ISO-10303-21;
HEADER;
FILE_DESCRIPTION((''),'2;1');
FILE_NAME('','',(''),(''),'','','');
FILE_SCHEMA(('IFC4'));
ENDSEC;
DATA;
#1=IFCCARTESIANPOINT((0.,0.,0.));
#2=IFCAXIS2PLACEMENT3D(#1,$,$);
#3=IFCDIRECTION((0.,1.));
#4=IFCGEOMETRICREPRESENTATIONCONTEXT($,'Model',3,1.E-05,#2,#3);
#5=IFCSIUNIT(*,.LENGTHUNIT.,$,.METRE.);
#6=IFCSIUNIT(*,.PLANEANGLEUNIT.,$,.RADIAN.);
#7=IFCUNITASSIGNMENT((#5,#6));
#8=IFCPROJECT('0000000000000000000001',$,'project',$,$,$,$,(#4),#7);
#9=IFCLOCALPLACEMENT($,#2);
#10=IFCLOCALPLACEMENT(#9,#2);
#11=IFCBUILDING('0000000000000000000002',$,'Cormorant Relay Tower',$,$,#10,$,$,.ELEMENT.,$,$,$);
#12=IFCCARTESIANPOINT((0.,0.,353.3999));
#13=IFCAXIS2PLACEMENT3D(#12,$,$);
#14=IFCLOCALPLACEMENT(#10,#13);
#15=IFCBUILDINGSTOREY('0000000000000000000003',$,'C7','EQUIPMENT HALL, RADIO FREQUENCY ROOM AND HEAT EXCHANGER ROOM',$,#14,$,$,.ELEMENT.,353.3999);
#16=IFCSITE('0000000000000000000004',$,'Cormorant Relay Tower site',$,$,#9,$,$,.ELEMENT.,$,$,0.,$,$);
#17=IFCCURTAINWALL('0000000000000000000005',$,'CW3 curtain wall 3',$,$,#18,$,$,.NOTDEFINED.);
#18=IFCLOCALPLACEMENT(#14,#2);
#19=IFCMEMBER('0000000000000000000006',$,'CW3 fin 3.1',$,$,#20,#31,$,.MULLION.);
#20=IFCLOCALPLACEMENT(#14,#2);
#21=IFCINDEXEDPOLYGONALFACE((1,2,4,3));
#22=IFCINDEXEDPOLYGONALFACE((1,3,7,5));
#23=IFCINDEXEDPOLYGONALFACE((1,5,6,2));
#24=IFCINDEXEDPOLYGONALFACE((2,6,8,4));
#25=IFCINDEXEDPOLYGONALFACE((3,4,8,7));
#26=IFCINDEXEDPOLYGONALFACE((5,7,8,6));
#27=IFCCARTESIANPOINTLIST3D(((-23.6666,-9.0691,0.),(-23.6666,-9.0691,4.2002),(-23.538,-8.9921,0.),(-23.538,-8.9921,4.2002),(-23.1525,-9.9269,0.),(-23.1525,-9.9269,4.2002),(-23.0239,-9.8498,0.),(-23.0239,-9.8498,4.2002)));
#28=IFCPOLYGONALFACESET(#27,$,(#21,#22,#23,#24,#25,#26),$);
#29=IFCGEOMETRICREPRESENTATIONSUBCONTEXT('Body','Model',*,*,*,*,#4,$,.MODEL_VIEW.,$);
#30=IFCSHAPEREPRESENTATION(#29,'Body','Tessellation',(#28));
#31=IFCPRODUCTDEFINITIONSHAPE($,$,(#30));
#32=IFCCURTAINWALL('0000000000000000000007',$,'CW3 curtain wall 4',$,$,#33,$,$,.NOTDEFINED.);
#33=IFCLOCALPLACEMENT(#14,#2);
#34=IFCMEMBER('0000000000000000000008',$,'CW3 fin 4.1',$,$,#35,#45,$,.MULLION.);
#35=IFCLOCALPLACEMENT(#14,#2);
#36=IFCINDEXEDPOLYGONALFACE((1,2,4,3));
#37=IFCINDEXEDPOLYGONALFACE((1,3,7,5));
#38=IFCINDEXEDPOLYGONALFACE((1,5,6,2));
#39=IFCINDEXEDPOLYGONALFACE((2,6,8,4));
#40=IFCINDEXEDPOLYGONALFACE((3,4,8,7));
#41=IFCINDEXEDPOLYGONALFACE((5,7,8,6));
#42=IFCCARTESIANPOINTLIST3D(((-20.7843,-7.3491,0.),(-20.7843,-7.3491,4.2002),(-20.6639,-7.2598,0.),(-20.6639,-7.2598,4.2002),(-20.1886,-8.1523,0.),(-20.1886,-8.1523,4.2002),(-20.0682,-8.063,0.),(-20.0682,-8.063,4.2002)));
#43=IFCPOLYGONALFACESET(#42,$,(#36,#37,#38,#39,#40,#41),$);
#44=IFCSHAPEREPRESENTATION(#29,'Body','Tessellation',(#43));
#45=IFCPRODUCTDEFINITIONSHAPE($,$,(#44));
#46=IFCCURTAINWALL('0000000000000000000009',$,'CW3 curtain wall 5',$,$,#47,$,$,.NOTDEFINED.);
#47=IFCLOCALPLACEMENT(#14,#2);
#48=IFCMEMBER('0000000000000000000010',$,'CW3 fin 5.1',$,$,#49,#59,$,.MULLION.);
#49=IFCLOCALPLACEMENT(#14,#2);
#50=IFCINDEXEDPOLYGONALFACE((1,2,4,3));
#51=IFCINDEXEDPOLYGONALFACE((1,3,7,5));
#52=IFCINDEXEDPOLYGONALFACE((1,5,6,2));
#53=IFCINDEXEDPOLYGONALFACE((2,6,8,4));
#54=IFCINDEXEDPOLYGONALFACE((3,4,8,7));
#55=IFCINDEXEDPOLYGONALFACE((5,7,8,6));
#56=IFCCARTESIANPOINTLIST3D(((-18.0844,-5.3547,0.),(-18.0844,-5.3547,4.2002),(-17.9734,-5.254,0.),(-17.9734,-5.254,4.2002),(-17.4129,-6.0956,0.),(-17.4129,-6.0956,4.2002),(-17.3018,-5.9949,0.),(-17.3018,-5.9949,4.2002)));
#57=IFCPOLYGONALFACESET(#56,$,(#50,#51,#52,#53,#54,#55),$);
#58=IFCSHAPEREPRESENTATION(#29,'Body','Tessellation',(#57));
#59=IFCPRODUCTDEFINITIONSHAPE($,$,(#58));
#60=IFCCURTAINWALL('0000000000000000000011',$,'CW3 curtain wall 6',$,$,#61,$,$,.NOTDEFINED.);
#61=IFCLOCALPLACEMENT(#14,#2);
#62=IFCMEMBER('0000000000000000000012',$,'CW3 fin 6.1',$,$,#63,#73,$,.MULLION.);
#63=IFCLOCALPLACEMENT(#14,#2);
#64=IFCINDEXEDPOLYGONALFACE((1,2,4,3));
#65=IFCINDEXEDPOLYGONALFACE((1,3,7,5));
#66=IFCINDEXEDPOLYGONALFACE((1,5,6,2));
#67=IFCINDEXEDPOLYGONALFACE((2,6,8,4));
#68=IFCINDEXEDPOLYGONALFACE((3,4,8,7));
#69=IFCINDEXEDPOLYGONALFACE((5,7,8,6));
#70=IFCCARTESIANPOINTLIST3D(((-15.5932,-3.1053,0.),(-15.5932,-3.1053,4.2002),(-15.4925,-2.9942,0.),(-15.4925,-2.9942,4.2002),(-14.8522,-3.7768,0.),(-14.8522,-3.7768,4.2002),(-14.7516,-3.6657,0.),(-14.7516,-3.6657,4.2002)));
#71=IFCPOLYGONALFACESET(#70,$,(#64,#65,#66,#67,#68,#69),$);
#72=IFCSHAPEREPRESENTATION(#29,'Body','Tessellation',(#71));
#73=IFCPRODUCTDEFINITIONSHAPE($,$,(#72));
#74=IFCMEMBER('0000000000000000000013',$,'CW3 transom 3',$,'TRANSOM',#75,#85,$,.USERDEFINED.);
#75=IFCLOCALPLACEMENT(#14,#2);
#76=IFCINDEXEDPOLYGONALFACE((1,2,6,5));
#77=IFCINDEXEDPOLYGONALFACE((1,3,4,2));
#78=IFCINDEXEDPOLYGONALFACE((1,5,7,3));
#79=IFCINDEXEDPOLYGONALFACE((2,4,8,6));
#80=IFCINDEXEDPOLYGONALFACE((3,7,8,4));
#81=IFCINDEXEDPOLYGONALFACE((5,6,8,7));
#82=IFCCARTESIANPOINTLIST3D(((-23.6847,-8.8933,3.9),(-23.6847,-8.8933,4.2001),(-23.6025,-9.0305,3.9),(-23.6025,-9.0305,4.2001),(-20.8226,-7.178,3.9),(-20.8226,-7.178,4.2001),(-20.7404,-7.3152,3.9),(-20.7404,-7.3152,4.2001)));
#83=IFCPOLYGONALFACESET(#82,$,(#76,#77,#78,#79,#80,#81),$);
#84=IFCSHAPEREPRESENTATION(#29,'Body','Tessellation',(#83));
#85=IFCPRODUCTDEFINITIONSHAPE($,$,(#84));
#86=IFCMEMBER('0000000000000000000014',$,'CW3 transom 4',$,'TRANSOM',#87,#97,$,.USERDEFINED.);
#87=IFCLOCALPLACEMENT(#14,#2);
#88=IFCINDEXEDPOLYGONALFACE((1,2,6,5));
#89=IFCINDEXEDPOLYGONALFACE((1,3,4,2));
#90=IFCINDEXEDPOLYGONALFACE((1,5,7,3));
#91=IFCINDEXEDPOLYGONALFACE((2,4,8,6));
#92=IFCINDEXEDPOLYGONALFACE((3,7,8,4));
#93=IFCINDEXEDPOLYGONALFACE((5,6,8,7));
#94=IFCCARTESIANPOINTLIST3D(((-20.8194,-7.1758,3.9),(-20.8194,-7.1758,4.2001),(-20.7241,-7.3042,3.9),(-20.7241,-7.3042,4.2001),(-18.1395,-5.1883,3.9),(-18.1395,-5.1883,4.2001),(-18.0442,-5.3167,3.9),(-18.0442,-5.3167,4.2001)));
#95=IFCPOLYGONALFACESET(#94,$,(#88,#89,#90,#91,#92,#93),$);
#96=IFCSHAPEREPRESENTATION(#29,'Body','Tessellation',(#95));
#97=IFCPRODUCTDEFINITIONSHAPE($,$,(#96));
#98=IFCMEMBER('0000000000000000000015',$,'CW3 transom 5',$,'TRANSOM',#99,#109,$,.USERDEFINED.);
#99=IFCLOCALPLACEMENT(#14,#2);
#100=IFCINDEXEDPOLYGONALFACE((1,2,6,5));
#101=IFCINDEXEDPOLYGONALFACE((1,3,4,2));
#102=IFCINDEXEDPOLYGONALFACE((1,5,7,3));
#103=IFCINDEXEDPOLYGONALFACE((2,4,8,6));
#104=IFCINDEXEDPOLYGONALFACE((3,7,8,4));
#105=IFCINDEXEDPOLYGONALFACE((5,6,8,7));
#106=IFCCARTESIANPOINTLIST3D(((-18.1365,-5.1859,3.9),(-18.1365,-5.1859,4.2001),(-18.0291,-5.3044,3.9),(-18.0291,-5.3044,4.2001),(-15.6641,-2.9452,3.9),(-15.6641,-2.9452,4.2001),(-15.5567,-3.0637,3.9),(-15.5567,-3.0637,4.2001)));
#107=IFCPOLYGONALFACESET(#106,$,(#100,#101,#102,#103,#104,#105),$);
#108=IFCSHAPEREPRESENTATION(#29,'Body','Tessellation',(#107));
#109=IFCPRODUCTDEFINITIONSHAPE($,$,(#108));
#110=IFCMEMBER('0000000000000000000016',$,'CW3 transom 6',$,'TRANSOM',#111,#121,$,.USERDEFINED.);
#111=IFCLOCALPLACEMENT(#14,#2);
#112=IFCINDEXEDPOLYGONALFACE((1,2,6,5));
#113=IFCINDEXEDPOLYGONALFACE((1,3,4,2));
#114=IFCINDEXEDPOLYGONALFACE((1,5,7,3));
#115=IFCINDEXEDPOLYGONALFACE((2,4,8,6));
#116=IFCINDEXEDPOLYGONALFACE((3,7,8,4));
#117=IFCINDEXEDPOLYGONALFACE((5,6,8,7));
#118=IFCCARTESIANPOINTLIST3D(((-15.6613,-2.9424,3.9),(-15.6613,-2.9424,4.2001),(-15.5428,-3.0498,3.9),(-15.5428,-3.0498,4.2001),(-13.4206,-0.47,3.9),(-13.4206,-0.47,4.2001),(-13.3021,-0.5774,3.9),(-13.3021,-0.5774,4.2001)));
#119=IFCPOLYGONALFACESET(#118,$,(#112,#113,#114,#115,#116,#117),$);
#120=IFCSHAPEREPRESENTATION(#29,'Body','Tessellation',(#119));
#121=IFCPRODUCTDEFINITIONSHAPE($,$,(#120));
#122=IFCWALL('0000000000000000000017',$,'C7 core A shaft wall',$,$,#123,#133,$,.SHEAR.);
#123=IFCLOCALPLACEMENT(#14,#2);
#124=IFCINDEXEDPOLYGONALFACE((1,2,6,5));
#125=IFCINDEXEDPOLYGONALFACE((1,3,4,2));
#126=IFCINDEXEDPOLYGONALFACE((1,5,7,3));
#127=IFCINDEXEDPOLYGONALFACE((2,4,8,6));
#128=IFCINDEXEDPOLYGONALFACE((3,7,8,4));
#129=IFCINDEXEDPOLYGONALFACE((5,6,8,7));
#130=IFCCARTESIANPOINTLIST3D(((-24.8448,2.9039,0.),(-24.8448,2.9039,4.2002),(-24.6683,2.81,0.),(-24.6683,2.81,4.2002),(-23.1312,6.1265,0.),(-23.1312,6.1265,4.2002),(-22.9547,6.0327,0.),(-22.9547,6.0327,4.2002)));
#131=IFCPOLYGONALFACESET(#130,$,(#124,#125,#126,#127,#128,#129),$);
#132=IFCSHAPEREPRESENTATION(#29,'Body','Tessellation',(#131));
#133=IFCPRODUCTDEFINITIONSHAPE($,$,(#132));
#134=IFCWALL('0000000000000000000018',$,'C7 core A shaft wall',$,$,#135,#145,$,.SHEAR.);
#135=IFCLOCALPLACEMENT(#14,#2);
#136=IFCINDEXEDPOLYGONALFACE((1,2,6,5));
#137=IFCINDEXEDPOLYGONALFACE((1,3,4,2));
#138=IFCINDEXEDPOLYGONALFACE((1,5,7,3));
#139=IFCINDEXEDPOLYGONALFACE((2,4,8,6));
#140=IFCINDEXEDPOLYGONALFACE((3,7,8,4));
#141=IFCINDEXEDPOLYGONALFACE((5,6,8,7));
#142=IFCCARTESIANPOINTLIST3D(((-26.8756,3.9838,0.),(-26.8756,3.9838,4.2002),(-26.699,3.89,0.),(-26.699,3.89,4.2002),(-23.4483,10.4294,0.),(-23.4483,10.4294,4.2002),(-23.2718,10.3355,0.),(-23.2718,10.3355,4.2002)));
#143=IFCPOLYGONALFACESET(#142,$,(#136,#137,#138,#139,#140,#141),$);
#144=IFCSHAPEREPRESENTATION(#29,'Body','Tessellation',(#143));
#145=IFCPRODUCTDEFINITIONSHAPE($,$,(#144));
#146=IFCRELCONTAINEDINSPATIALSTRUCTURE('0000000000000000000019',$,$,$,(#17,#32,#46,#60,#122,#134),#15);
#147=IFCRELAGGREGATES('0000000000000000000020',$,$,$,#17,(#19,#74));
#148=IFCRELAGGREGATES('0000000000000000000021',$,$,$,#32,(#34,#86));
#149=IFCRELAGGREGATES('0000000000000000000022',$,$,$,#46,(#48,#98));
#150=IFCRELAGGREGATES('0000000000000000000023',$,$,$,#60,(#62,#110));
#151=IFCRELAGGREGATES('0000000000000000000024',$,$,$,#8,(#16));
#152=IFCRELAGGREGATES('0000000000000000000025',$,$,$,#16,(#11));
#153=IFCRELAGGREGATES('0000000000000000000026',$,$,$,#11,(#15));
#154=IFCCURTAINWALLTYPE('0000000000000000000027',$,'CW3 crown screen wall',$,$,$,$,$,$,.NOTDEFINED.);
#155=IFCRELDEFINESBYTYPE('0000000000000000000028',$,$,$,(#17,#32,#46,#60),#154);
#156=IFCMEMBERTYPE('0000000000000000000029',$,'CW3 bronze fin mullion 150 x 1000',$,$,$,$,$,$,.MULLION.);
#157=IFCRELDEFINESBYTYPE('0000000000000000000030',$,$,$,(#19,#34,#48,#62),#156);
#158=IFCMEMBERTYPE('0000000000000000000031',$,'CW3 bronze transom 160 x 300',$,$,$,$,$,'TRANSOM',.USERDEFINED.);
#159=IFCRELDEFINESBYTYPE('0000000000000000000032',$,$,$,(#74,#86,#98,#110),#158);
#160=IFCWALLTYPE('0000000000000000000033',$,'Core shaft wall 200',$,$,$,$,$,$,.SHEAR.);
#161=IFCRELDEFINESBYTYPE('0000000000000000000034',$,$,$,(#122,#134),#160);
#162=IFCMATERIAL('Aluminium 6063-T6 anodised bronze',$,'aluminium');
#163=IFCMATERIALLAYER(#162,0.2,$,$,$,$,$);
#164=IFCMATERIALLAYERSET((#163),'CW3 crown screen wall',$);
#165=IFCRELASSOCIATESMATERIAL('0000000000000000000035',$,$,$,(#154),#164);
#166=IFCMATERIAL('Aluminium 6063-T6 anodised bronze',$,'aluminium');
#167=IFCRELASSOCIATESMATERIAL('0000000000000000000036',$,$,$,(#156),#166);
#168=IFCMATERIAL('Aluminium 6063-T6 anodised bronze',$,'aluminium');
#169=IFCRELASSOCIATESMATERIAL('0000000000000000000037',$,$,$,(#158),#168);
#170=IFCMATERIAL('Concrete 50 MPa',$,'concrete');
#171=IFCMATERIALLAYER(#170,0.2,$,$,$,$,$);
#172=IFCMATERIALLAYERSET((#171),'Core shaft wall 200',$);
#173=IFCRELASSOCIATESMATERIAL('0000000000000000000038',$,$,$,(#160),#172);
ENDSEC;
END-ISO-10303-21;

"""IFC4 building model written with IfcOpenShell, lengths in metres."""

from ifc_helpers import new_model, si_unit, direction, frame, frame_2d, origin, origin_2d, place, context, subcontext, project, spatial, rectangle, extrude, material, layer, layer_set, material_profile, profile_set, type_object, element, aggregate, save


model = new_model("IFC4")

# Units and contexts
model_context = context("Model", 3, precision=1e-05, world=origin(), true_north=direction((0.0, 1.0)))
body_context = subcontext(model_context, "Body", "Model", "MODEL_VIEW")
ifc_project = project(units=[si_unit("LENGTHUNIT", "METRE"), si_unit("PLANEANGLEUNIT", "RADIAN")], contexts=[model_context])

# Site, building, storey
site_placement = place(None, origin())
site = spatial("IfcSite", under=ifc_project, at=site_placement, Name="Cormorant Relay Tower site", CompositionType="ELEMENT", RefElevation=0.0)
building_placement = place(site_placement, origin())
building = spatial("IfcBuilding", under=site, at=building_placement, Name="Cormorant Relay Tower", CompositionType="ELEMENT")
storey_placement = place(building_placement, frame((0.0, 0.0, 353.3999)))
storey = spatial("IfcBuildingStorey", under=building, at=storey_placement, Name="C7", Description="EQUIPMENT HALL, RADIO FREQUENCY ROOM AND HEAT EXCHANGER ROOM", CompositionType="ELEMENT", Elevation=353.3999)

# Curtain walls, members
ifc_material_1 = material(Name="Aluminium 6063-T6 anodised bronze", Category="aluminium")
ifc_layer_1 = layer(ifc_material_1, 0.2)
ifc_layer_set_1 = layer_set([ifc_layer_1], Name="CW3 crown screen wall")
curtain_wall_type = type_object("IfcCurtainWallType", Name="CW3 crown screen wall", PredefinedType="NOTDEFINED", material=ifc_layer_set_1)
curtain_wall_1_placement = place(storey_placement, origin())
curtain_wall_1 = element("IfcCurtainWall", 1, at=curtain_wall_1_placement, inside=storey, type_object=curtain_wall_type, Name="CW3 curtain wall 3", PredefinedType="NOTDEFINED")
ifc_material_2 = material(Name="Aluminium 6063-T6 anodised bronze", Category="aluminium")
ifc_material_profile_1 = material_profile(ifc_material_2, rectangle(XDim=0.1499, YDim=1.0, at=origin_2d()), Name="AL 150x1000")
ifc_profile_set_1 = profile_set([ifc_material_profile_1], Name="Aluminium 6063-T6 anodised bronze")
member_type_1 = type_object("IfcMemberType", Name="CW3 bronze fin mullion 150 x 1000", PredefinedType="MULLION", material=ifc_profile_set_1)
member_1_placement = place(storey_placement, frame((-23.3452, -9.4595, 0.0), z_axis=(0.0, 0.0, 1.0), x_axis=(0.857729, 0.514103, 0.0)))
member_1 = element("IfcMember", 2, at=member_1_placement, type_object=member_type_1, Name="CW3 fin 3.1", PredefinedType="MULLION", context=body_context, shape_type="SweptSolid", body=[
    extrude(rectangle(XDim=0.1499, YDim=1.0, at=origin_2d()), origin(), (0.0, 0.0, 1.0), 4.2002),
])
curtain_wall_2_placement = place(storey_placement, origin())
curtain_wall_2 = element("IfcCurtainWall", 3, at=curtain_wall_2_placement, inside=storey, type_object=curtain_wall_type, Name="CW3 curtain wall 4", PredefinedType="NOTDEFINED")
member_2_placement = place(storey_placement, frame((-20.4263, -7.7061, 0.0), z_axis=(0.0, 0.0, 1.0), x_axis=(0.803208, 0.595699, 0.0)))
member_2 = element("IfcMember", 4, at=member_2_placement, type_object=member_type_1, Name="CW3 fin 4.1", PredefinedType="MULLION", context=body_context, shape_type="SweptSolid", body=[
    extrude(rectangle(XDim=0.1499, YDim=1.0, at=origin_2d()), origin(), (0.0, 0.0, 1.0), 4.2002),
])
curtain_wall_3_placement = place(storey_placement, origin())
curtain_wall_3 = element("IfcCurtainWall", 5, at=curtain_wall_3_placement, inside=storey, type_object=curtain_wall_type, Name="CW3 curtain wall 5", PredefinedType="NOTDEFINED")
member_3_placement = place(storey_placement, frame((-17.6931, -5.6748, 0.0), z_axis=(0.0, 0.0, 1.0), x_axis=(0.740951, 0.671559, 0.0)))
member_3 = element("IfcMember", 6, at=member_3_placement, type_object=member_type_1, Name="CW3 fin 5.1", PredefinedType="MULLION", context=body_context, shape_type="SweptSolid", body=[
    extrude(rectangle(XDim=0.1499, YDim=1.0, at=origin_2d()), origin(), (0.0, 0.0, 1.0), 4.2002),
])
curtain_wall_4_placement = place(storey_placement, origin())
curtain_wall_4 = element("IfcCurtainWall", 7, at=curtain_wall_4_placement, inside=storey, type_object=curtain_wall_type, Name="CW3 curtain wall 6", PredefinedType="NOTDEFINED")
member_4_placement = place(storey_placement, frame((-15.1724, -3.3855, 0.0), z_axis=(0.0, 0.0, 1.0), x_axis=(0.671559, 0.740951, 0.0)))
member_4 = element("IfcMember", 8, at=member_4_placement, type_object=member_type_1, Name="CW3 fin 6.1", PredefinedType="MULLION", context=body_context, shape_type="SweptSolid", body=[
    extrude(rectangle(XDim=0.1499, YDim=1.0, at=origin_2d()), origin(), (0.0, 0.0, 1.0), 4.2002),
])

# Members
ifc_material_3 = material(Name="Aluminium 6063-T6 anodised bronze", Category="aluminium")
ifc_material_profile_2 = material_profile(ifc_material_3, rectangle(XDim=0.1599, YDim=0.3, at=origin_2d()), Name="AL 160x300")
ifc_profile_set_2 = profile_set([ifc_material_profile_2], Name="Aluminium 6063-T6 anodised bronze")
member_type_2 = type_object("IfcMemberType", Name="CW3 bronze transom 160 x 300", ElementType="TRANSOM", PredefinedType="USERDEFINED", material=ifc_profile_set_2)
member_5_placement = place(storey_placement, frame((-23.6436, -8.9619, 4.05), z_axis=(0.857745, 0.514076, 0.0), x_axis=(-0.514076, 0.857745, 0.0)))
member_5 = element("IfcMember", 9, at=member_5_placement, type_object=member_type_2, Name="CW3 transom 3", ObjectType="TRANSOM", PredefinedType="USERDEFINED", context=body_context, shape_type="SweptSolid", body=[
    extrude(rectangle(XDim=0.1599, YDim=0.3, at=origin_2d()), origin(), (0.0, 0.0, 1.0), 3.3367),
])
member_6_placement = place(storey_placement, frame((-20.7717, -7.24, 4.05), z_axis=(0.803211, 0.595695, 0.0), x_axis=(-0.595695, 0.803211, 0.0)))
member_6 = element("IfcMember", 10, at=member_6_placement, type_object=member_type_2, Name="CW3 transom 4", ObjectType="TRANSOM", PredefinedType="USERDEFINED", context=body_context, shape_type="SweptSolid", body=[
    extrude(rectangle(XDim=0.1599, YDim=0.3, at=origin_2d()), origin(), (0.0, 0.0, 1.0), 3.3364),
])
member_7_placement = place(storey_placement, frame((-18.0828, -5.2451, 4.05), z_axis=(0.740972, 0.671536, 0.0), x_axis=(-0.671536, 0.740972, 0.0)))
member_7 = element("IfcMember", 11, at=member_7_placement, type_object=member_type_2, Name="CW3 transom 5", ObjectType="TRANSOM", PredefinedType="USERDEFINED", context=body_context, shape_type="SweptSolid", body=[
    extrude(rectangle(XDim=0.1599, YDim=0.3, at=origin_2d()), origin(), (0.0, 0.0, 1.0), 3.3367),
])
member_8_placement = place(storey_placement, frame((-15.6021, -2.9961, 4.05), z_axis=(0.671536, 0.740972, 0.0), x_axis=(-0.740972, 0.671536, 0.0)))
member_8 = element("IfcMember", 12, at=member_8_placement, type_object=member_type_2, Name="CW3 transom 6", ObjectType="TRANSOM", PredefinedType="USERDEFINED", context=body_context, shape_type="SweptSolid", body=[
    extrude(rectangle(XDim=0.1599, YDim=0.3, at=origin_2d()), origin(), (0.0, 0.0, 1.0), 3.3367),
])

# Walls
ifc_material_4 = material(Name="Concrete 50 MPa", Category="concrete")
ifc_layer_2 = layer(ifc_material_4, 0.2)
ifc_layer_set_2 = layer_set([ifc_layer_2], Name="Core shaft wall 200")
wall_type_1 = type_object("IfcWallType", Name="Core shaft wall 200", PredefinedType="SHEAR", material=ifc_layer_set_2)
wall_1_placement = place(storey_placement, frame((-23.043, 6.0796, 0.0), z_axis=(0.0, 0.0, 1.0), x_axis=(-0.469494, -0.882936, 0.0)))
element("IfcWall", 13, at=wall_1_placement, inside=storey, type_object=wall_type_1, Name="C7 core A shaft wall", PredefinedType="SHEAR", context=body_context, shape_type="SweptSolid", body=[
    extrude(rectangle(XDim=3.6499, YDim=0.2, at=frame_2d((1.825, 0.0))), origin(), (0.0, 0.0, 1.0), 4.2002),
])
wall_2_placement = place(storey_placement, frame((-23.3601, 10.3823, 0.0), z_axis=(0.0, 0.0, 1.0), x_axis=(-0.46948, -0.882943, 0.0)))
element("IfcWall", 14, at=wall_2_placement, inside=storey, type_object=wall_type_1, Name="C7 core A shaft wall", PredefinedType="SHEAR", context=body_context, shape_type="SweptSolid", body=[
    extrude(rectangle(XDim=7.3, YDim=0.2, at=frame_2d((3.6499, 0.0))), origin(), (0.0, 0.0, 1.0), 4.2002),
])

aggregate(curtain_wall_1, [member_1, member_5])
aggregate(curtain_wall_2, [member_2, member_6])
aggregate(curtain_wall_3, [member_3, member_7])
aggregate(curtain_wall_4, [member_4, member_8])

save(model, "model.ifc")
